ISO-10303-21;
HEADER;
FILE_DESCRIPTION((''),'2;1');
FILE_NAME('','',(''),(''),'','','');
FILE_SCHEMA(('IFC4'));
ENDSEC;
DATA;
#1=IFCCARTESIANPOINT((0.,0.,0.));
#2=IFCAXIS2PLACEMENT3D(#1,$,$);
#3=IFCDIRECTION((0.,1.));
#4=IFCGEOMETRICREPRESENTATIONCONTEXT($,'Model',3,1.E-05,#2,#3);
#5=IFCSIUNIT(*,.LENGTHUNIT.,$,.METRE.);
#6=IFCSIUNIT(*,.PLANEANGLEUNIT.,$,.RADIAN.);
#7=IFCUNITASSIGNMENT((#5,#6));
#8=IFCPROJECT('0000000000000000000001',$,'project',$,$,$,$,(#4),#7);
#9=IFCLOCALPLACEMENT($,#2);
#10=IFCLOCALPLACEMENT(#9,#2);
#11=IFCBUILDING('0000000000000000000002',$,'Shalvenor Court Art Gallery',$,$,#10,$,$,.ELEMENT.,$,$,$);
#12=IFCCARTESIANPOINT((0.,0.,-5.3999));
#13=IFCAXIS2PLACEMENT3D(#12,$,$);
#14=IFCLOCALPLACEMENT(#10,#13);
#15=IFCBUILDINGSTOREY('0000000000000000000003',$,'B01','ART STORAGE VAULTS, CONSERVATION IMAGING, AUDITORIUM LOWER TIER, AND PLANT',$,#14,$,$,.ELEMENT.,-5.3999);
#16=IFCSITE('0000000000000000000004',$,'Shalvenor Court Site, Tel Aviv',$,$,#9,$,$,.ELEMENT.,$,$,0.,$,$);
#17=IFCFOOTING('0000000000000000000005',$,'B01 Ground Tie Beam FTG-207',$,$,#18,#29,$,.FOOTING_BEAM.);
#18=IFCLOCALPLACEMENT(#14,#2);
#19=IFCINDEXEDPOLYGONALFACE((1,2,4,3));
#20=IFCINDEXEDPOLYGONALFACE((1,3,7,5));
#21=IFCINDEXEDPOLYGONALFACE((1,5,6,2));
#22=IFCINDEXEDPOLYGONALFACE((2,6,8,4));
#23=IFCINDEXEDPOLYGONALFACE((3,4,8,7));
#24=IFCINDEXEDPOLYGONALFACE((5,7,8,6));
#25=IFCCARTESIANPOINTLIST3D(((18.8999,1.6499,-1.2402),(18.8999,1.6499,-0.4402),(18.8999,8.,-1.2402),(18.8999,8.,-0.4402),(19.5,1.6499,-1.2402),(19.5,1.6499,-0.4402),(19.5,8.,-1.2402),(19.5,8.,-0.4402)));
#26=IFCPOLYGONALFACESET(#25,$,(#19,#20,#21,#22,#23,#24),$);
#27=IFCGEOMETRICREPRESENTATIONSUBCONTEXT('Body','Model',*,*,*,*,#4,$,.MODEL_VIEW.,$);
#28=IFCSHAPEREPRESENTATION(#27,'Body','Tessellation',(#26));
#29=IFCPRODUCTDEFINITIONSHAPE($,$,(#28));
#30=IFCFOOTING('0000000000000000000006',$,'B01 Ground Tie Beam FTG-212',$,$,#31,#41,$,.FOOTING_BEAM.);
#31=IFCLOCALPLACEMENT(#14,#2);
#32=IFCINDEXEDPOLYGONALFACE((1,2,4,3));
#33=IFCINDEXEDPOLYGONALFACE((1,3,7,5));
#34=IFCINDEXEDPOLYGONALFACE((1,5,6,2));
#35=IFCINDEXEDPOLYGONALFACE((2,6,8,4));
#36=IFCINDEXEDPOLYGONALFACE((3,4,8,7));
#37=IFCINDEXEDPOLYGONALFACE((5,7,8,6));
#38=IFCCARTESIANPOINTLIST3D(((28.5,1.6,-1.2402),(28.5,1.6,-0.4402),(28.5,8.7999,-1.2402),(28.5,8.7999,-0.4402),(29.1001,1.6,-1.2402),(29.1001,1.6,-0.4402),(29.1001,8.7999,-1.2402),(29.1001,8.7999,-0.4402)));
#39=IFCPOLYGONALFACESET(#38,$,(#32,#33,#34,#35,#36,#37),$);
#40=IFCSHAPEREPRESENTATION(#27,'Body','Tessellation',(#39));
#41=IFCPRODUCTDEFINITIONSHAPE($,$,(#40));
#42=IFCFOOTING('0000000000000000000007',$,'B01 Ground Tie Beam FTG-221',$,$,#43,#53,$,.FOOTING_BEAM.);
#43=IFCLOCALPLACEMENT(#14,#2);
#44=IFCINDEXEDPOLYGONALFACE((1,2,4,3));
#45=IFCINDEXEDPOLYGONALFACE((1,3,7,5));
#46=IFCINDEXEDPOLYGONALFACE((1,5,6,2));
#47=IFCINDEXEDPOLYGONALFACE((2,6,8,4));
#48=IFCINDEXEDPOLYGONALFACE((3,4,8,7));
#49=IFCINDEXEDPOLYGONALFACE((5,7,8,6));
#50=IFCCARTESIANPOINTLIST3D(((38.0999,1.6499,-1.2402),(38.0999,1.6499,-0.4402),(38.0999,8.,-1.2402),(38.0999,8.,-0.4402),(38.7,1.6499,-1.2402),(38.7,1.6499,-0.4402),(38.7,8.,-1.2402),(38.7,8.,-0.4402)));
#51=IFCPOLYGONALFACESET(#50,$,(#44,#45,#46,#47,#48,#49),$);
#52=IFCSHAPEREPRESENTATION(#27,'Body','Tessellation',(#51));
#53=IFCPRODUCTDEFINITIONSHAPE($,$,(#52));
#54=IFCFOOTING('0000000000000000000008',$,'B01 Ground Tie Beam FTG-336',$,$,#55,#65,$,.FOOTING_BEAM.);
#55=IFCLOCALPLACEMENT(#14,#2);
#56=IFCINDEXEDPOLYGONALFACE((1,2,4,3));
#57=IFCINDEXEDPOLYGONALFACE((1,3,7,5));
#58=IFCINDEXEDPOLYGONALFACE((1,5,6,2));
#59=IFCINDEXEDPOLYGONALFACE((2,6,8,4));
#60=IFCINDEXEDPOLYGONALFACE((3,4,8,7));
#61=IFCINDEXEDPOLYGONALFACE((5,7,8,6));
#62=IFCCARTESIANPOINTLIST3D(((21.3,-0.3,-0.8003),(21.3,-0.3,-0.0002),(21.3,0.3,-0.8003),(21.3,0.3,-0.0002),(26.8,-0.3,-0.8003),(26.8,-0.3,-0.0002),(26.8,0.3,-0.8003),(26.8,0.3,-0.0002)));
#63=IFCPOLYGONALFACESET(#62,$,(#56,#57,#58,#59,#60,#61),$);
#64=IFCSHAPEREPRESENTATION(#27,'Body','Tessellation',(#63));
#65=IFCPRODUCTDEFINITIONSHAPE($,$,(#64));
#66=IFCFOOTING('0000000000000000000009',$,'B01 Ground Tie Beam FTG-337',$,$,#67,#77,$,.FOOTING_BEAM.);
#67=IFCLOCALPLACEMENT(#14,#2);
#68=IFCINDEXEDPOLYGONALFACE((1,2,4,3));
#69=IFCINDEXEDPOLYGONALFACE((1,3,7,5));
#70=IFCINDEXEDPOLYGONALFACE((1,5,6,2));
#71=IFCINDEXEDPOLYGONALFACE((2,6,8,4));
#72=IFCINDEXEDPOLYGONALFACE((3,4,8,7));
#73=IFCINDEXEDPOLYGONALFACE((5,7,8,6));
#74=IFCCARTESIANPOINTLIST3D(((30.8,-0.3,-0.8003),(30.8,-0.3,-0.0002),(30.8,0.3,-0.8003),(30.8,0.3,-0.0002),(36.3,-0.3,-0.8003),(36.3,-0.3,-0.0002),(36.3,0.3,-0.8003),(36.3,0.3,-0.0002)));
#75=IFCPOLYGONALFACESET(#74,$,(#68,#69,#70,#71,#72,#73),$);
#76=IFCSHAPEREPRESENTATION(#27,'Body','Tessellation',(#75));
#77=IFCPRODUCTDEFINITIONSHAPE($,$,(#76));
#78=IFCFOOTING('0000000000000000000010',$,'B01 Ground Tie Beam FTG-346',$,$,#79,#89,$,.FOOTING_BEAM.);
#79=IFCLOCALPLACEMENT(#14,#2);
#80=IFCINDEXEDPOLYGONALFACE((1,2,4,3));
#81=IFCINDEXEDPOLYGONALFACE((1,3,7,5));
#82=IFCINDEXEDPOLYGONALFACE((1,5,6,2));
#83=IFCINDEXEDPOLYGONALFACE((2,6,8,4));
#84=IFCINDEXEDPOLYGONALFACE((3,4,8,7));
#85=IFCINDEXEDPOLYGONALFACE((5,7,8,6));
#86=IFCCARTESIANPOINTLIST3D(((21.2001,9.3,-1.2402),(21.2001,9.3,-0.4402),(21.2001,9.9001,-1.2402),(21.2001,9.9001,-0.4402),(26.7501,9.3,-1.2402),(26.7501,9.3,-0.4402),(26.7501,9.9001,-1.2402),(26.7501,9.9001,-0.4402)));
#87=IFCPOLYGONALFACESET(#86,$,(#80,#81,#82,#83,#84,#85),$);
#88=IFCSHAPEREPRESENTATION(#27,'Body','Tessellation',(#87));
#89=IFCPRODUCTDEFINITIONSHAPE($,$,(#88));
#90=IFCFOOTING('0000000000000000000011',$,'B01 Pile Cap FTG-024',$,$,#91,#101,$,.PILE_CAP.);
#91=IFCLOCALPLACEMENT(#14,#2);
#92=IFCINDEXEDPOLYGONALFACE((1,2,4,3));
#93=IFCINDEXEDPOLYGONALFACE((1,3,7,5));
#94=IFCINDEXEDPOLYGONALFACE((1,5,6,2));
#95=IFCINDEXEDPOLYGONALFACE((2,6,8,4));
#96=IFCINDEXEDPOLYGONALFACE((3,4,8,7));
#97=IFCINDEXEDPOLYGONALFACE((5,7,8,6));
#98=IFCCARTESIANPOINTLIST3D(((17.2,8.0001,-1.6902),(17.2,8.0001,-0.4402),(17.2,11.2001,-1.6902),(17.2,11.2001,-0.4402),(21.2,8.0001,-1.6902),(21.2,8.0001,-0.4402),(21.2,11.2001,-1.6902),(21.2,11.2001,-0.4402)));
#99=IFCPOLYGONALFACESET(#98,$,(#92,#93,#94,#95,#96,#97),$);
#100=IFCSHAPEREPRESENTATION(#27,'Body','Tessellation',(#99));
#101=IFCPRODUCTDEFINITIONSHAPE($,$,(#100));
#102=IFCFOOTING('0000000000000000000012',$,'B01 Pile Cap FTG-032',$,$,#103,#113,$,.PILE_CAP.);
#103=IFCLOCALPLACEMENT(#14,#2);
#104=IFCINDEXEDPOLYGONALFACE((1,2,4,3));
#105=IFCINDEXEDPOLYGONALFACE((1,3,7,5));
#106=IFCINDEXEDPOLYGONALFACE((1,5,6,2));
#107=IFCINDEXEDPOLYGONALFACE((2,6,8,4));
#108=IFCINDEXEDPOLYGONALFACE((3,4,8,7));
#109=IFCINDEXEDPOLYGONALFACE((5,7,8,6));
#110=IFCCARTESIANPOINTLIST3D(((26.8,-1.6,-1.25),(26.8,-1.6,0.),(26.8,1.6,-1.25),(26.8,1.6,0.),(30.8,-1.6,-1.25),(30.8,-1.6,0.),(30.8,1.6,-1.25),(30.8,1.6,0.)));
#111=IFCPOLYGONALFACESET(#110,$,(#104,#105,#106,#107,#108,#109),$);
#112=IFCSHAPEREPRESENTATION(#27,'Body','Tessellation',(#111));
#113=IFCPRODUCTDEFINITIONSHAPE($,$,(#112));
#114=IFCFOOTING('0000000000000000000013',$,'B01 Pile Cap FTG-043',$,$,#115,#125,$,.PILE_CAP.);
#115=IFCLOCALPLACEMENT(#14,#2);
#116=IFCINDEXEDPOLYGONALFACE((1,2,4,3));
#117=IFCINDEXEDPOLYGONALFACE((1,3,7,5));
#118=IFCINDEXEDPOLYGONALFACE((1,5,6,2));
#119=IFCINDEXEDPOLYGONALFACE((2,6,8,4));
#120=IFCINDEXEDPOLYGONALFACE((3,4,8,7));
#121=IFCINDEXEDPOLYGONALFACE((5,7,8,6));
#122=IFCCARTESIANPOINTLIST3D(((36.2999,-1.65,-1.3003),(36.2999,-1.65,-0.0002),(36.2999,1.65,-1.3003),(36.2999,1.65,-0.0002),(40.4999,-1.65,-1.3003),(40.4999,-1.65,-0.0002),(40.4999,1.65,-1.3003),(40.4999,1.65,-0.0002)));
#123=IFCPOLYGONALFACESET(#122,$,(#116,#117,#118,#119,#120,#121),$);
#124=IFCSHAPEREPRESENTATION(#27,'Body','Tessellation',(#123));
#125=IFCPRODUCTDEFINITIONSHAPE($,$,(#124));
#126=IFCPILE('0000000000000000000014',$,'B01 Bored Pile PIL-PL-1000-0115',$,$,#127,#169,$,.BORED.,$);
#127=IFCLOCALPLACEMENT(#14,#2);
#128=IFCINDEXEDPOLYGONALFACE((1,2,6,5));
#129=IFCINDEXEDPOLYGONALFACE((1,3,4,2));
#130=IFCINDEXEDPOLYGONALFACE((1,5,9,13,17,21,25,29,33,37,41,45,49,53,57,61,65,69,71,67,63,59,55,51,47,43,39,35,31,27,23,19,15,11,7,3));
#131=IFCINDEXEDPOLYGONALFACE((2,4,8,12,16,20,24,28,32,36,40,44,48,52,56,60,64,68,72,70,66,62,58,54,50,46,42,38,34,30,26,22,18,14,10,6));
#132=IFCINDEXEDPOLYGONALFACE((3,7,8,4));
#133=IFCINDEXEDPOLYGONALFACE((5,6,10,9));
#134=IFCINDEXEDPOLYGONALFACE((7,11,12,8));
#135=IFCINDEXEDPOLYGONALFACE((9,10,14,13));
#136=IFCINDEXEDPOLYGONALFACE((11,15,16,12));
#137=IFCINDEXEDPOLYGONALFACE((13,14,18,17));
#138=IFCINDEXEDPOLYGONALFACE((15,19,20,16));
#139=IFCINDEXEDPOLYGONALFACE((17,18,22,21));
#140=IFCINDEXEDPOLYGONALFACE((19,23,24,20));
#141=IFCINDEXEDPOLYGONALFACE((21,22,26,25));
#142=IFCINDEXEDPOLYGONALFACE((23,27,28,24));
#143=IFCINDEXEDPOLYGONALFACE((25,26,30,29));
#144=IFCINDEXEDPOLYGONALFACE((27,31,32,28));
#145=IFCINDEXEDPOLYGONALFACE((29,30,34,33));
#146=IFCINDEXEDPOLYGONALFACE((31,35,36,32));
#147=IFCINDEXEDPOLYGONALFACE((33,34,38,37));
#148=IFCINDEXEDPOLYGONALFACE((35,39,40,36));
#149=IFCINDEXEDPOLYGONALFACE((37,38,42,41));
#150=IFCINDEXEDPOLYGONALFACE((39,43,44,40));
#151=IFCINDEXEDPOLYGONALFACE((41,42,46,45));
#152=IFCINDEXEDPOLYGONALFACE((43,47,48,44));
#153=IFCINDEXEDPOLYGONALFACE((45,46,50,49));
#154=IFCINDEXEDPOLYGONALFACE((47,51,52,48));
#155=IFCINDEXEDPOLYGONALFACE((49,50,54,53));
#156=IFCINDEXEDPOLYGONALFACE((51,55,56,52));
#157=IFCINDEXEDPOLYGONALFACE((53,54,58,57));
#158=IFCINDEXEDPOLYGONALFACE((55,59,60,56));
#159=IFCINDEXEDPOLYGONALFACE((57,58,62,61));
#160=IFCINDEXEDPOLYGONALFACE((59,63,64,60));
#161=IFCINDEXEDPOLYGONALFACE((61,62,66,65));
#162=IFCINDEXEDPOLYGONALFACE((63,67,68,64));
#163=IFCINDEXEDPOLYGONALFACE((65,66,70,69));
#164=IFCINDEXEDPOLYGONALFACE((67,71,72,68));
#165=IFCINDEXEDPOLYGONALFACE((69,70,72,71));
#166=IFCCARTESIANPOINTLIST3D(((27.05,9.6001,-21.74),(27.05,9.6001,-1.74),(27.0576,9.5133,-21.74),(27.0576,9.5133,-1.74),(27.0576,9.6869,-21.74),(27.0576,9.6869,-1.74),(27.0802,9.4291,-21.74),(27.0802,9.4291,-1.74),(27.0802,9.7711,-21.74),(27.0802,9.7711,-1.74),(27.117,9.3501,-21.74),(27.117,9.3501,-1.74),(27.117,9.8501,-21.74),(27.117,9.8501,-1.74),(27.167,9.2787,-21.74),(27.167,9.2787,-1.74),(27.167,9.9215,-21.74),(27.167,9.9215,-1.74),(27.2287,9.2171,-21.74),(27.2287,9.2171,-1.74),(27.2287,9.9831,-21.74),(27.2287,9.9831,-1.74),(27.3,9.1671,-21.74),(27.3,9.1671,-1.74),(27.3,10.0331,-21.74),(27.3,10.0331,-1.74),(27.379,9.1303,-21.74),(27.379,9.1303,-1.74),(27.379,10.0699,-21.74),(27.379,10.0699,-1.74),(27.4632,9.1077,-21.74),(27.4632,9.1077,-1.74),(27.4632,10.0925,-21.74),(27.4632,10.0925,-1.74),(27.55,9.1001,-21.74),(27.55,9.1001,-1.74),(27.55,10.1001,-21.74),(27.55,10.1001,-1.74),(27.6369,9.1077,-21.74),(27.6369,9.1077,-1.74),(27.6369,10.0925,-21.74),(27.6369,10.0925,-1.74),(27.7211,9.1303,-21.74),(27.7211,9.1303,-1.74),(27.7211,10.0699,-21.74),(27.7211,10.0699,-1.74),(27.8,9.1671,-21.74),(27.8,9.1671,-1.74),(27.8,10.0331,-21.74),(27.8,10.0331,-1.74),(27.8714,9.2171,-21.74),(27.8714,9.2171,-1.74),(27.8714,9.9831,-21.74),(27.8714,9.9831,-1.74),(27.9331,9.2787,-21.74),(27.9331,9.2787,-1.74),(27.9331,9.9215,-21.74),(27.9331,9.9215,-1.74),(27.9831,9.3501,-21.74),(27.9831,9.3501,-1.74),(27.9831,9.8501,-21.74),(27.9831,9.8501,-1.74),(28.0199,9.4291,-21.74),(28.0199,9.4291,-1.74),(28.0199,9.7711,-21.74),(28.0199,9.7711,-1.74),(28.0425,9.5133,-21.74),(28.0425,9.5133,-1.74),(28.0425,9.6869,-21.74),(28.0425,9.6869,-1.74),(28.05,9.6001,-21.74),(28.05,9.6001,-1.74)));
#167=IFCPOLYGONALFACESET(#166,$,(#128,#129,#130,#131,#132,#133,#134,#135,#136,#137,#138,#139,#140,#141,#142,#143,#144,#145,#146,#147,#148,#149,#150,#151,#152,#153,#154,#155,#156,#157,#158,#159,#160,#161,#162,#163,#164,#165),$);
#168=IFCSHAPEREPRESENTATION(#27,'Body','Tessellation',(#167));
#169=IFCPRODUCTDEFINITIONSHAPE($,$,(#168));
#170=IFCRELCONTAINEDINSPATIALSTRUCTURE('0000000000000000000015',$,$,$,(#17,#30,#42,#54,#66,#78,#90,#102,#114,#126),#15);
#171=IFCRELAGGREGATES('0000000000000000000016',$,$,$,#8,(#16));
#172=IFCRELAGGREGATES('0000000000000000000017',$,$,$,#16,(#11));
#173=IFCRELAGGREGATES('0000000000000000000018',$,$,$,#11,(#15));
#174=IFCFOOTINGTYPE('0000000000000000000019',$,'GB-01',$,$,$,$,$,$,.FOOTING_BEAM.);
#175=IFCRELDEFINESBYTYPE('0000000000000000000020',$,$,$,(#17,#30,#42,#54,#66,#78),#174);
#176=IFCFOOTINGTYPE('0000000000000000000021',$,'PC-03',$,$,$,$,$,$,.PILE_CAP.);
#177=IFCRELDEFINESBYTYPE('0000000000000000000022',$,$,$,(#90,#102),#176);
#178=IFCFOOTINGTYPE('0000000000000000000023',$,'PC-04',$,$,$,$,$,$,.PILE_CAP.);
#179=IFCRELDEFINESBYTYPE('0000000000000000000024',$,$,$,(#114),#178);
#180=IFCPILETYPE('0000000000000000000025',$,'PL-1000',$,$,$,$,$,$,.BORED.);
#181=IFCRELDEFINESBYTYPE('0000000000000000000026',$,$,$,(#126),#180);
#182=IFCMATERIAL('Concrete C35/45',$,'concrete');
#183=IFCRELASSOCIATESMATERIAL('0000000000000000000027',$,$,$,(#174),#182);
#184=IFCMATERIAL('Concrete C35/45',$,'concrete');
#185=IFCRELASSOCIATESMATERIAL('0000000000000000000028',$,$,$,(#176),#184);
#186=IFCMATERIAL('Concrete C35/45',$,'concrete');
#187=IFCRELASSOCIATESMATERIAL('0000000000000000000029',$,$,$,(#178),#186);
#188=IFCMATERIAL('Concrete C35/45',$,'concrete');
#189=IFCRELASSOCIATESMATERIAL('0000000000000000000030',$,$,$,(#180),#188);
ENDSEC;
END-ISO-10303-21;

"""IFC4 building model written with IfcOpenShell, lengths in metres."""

from ifc_helpers import new_model, si_unit, direction, frame, origin, origin_2d, place, context, subcontext, project, spatial, rectangle, circle, extrude, material, material_profile, profile_set, type_object, element, save


model = new_model("IFC4")

# Units and contexts
model_context = context("Model", 3, precision=1e-05, world=origin(), true_north=direction((0.0, 1.0)))
body_context = subcontext(model_context, "Body", "Model", "MODEL_VIEW")
ifc_project = project(units=[si_unit("LENGTHUNIT", "METRE"), si_unit("PLANEANGLEUNIT", "RADIAN")], contexts=[model_context])

# Site, building, storey
site_placement = place(None, origin())
site = spatial("IfcSite", under=ifc_project, at=site_placement, Name="Shalvenor Court Site, Tel Aviv", CompositionType="ELEMENT", RefElevation=0.0)
building_placement = place(site_placement, origin())
building = spatial("IfcBuilding", under=site, at=building_placement, Name="Shalvenor Court Art Gallery", CompositionType="ELEMENT")
storey_placement = place(building_placement, frame((0.0, 0.0, -5.3999)))
storey = spatial("IfcBuildingStorey", under=building, at=storey_placement, Name="B01", Description="ART STORAGE VAULTS, CONSERVATION IMAGING, AUDITORIUM LOWER TIER, AND PLANT", CompositionType="ELEMENT", Elevation=-5.3999)

# Footings
ifc_material_1 = material(Name="Concrete C35/45", Category="concrete")
footing_type_1 = type_object("IfcFootingType", Name="GB-01", PredefinedType="FOOTING_BEAM", material=ifc_material_1)
footing_1_placement = place(storey_placement, frame((19.2, 4.825, -1.2402), z_axis=(0.0, 0.0, 1.0), x_axis=(0.0, 1.0, 0.0)))
element("IfcFooting", 1, at=footing_1_placement, inside=storey, type_object=footing_type_1, Name="B01 Ground Tie Beam FTG-207", PredefinedType="FOOTING_BEAM", context=body_context, shape_type="SweptSolid", body=[
    extrude(rectangle(XDim=6.3501, YDim=0.6001, at=origin_2d()), origin(), (0.0, 0.0, 1.0), 0.8),
])
footing_2_placement = place(storey_placement, frame((28.8, 5.2, -1.2402), z_axis=(0.0, 0.0, 1.0), x_axis=(0.0, 1.0, 0.0)))
element("IfcFooting", 2, at=footing_2_placement, inside=storey, type_object=footing_type_1, Name="B01 Ground Tie Beam FTG-212", PredefinedType="FOOTING_BEAM", context=body_context, shape_type="SweptSolid", body=[
    extrude(rectangle(XDim=7.2, YDim=0.6001, at=origin_2d()), origin(), (0.0, 0.0, 1.0), 0.8),
])
footing_3_placement = place(storey_placement, frame((38.3999, 4.825, -1.2402), z_axis=(0.0, 0.0, 1.0), x_axis=(0.0, 1.0, 0.0)))
element("IfcFooting", 3, at=footing_3_placement, inside=storey, type_object=footing_type_1, Name="B01 Ground Tie Beam FTG-221", PredefinedType="FOOTING_BEAM", context=body_context, shape_type="SweptSolid", body=[
    extrude(rectangle(XDim=6.3501, YDim=0.6001, at=origin_2d()), origin(), (0.0, 0.0, 1.0), 0.8),
])
for number, where, z_axis, x_axis, name in (
    (4, (24.05, 0.0, -0.8003), (0.0, 0.0, 1.0), (1.0, 0.0, 0.0), "B01 Ground Tie Beam FTG-336"),
    (5, (33.55, 0.0, -0.8003), (0.0, 0.0, 1.0), (1.0, 0.0, 0.0), "B01 Ground Tie Beam FTG-337"),
):
    element("IfcFooting", number, at=place(storey_placement, frame(where, z_axis=z_axis, x_axis=x_axis)), inside=storey, type_object=footing_type_1, Name=name, PredefinedType="FOOTING_BEAM", context=body_context, shape_type="SweptSolid", body=[
        extrude(rectangle(XDim=5.5, YDim=0.6001, at=origin_2d()), origin(), (0.0, 0.0, 1.0), 0.8),
    ])
footing_4_placement = place(storey_placement, frame((23.9751, 9.6001, -1.2402), z_axis=(0.0, 0.0, 1.0), x_axis=(1.0, 0.0, 0.0)))
element("IfcFooting", 6, at=footing_4_placement, inside=storey, type_object=footing_type_1, Name="B01 Ground Tie Beam FTG-346", PredefinedType="FOOTING_BEAM", context=body_context, shape_type="SweptSolid", body=[
    extrude(rectangle(XDim=5.55, YDim=0.6001, at=origin_2d()), origin(), (0.0, 0.0, 1.0), 0.8),
])
ifc_material_2 = material(Name="Concrete C35/45", Category="concrete")
footing_type_2 = type_object("IfcFootingType", Name="PC-03", PredefinedType="PILE_CAP", material=ifc_material_2)
for number, where, z_axis, x_axis, name in (
    (7, (19.2, 9.6001, -1.6902), (0.0, 0.0, 1.0), (1.0, 0.0, 0.0), "B01 Pile Cap FTG-024"),
    (8, (28.8, 0.0, -1.25), (0.0, 0.0, 1.0), (1.0, 0.0, 0.0), "B01 Pile Cap FTG-032"),
):
    element("IfcFooting", number, at=place(storey_placement, frame(where, z_axis=z_axis, x_axis=x_axis)), inside=storey, type_object=footing_type_2, Name=name, PredefinedType="PILE_CAP", context=body_context, shape_type="SweptSolid", body=[
        extrude(rectangle(XDim=4.0, YDim=3.2, at=origin_2d()), origin(), (0.0, 0.0, 1.0), 1.25),
    ])
ifc_material_3 = material(Name="Concrete C35/45", Category="concrete")
footing_type_3 = type_object("IfcFootingType", Name="PC-04", PredefinedType="PILE_CAP", material=ifc_material_3)
footing_5_placement = place(storey_placement, frame((38.3999, 0.0, -1.3003), z_axis=(0.0, 0.0, 1.0), x_axis=(1.0, 0.0, 0.0)))
element("IfcFooting", 9, at=footing_5_placement, inside=storey, type_object=footing_type_3, Name="B01 Pile Cap FTG-043", PredefinedType="PILE_CAP", context=body_context, shape_type="SweptSolid", body=[
    extrude(rectangle(XDim=4.2, YDim=3.3, at=origin_2d()), origin(), (0.0, 0.0, 1.0), 1.3),
])

# Pile
ifc_material_4 = material(Name="Concrete C35/45", Category="concrete")
ifc_material_profile_1 = material_profile(ifc_material_4, circle(Radius=0.5, at=origin_2d()), Name="PILE 1000")
ifc_profile_set_1 = profile_set([ifc_material_profile_1], Name="Concrete C35/45")
pile_type_1 = type_object("IfcPileType", Name="PL-1000", PredefinedType="BORED", material=ifc_profile_set_1)
pile_placement = place(storey_placement, frame((27.55, 9.6001, -1.74), z_axis=(0.0, 0.0, -1.0), x_axis=(1.0, 0.0, 0.0)))
element("IfcPile", 10, at=pile_placement, inside=storey, type_object=pile_type_1, Name="B01 Bored Pile PIL-PL-1000-0115", PredefinedType="BORED", context=body_context, shape_type="SweptSolid", body=[
    extrude(circle(Radius=0.5, at=origin_2d()), origin(), (0.0, 0.0, 1.0), 20.0),
])

save(model, "model.ifc")
